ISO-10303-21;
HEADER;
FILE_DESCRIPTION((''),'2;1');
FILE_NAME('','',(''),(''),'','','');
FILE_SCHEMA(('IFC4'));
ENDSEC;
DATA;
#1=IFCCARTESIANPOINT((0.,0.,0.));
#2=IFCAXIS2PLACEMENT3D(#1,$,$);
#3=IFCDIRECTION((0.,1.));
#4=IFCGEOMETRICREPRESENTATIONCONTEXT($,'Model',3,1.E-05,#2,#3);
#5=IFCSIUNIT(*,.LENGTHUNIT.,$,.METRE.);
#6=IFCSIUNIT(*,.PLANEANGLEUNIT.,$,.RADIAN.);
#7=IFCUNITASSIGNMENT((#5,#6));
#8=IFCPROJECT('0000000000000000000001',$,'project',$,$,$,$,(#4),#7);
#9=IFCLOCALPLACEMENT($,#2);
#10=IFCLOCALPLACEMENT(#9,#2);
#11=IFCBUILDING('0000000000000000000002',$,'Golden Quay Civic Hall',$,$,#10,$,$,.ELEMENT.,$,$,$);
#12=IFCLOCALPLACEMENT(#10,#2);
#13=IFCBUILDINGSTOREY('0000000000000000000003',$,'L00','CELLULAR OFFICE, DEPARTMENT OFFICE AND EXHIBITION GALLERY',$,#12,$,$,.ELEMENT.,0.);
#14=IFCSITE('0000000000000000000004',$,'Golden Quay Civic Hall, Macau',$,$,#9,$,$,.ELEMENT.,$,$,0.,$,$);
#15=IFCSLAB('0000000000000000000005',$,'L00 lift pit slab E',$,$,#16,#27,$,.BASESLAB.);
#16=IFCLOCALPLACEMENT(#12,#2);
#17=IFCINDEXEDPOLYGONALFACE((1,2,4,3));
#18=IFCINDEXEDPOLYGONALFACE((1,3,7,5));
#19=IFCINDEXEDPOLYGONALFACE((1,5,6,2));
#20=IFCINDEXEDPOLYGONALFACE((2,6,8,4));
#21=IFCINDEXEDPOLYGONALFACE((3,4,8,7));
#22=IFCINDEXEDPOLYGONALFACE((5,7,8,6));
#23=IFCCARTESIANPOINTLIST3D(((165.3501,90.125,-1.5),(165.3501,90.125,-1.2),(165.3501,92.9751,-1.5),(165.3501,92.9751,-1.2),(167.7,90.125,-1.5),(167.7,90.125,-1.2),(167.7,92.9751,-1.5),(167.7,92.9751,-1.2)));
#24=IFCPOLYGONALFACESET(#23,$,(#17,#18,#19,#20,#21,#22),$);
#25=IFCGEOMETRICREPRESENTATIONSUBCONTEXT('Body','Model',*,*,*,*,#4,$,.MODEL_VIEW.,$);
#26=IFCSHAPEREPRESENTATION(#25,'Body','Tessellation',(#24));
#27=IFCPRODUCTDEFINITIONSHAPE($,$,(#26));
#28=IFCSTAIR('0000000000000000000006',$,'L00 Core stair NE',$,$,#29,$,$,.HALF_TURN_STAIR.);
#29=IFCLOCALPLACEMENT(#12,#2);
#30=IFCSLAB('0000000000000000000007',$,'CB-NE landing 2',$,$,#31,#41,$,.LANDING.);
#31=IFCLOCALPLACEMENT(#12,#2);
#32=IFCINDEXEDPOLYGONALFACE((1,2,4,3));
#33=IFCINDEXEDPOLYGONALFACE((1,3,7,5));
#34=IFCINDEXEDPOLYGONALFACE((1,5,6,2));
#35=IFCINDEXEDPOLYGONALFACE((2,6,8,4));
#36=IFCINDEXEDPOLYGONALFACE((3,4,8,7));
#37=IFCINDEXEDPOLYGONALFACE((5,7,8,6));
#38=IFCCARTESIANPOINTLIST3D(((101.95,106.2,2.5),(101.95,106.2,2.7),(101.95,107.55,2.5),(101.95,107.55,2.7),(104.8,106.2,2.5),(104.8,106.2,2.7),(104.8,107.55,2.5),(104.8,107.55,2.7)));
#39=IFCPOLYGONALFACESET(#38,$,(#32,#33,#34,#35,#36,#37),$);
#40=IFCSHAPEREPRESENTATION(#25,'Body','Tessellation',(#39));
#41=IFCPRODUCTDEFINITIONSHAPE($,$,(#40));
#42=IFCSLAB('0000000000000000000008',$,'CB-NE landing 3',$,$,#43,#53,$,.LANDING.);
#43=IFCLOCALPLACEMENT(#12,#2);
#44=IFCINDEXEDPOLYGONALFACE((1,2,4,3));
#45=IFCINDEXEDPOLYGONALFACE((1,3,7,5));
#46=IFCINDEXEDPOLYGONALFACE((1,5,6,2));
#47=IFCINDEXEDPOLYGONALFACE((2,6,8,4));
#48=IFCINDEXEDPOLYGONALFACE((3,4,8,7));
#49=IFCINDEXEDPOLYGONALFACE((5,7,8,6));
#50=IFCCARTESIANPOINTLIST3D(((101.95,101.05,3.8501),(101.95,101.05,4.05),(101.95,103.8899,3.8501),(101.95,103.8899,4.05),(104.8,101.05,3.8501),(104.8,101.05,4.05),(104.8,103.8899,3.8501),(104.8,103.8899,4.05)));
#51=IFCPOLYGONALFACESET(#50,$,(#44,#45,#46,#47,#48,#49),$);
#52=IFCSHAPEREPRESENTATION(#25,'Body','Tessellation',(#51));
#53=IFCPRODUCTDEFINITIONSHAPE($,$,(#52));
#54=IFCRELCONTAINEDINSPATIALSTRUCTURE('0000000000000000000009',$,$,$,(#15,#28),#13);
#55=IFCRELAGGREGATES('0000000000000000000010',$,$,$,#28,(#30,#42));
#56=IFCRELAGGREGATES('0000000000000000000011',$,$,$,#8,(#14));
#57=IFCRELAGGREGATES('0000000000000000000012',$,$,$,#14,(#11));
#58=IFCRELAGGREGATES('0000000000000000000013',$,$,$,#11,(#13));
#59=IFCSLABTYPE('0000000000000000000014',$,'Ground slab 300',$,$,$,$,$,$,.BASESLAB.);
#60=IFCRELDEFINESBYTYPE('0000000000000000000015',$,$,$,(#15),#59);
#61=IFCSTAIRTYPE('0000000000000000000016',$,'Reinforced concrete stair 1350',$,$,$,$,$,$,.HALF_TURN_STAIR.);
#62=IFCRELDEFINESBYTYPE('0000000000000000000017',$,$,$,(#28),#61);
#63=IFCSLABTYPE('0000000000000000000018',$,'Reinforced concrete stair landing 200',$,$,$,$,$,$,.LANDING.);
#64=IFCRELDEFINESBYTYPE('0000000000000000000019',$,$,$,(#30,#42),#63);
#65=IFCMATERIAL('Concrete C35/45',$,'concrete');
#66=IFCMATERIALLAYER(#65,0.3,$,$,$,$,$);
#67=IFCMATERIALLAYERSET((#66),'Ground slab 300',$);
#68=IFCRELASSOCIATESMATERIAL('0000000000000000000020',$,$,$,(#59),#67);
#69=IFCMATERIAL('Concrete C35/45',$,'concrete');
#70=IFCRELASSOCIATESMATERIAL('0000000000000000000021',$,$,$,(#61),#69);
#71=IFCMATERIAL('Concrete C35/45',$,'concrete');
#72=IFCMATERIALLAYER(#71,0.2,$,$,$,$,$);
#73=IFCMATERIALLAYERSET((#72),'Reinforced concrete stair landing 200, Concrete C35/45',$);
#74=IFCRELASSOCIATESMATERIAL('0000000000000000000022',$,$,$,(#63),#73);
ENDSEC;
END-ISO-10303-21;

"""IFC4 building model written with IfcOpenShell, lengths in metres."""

from ifc_helpers import new_model, si_unit, direction, frame, origin, place, context, subcontext, project, spatial, polyline, outline, extrude, material, layer, layer_set, type_object, element, aggregate, save


model = new_model("IFC4")

# Units and contexts
model_context = context("Model", 3, precision=1e-05, world=origin(), true_north=direction((0.0, 1.0)))
body_context = subcontext(model_context, "Body", "Model", "MODEL_VIEW")
ifc_project = project(units=[si_unit("LENGTHUNIT", "METRE"), si_unit("PLANEANGLEUNIT", "RADIAN")], contexts=[model_context])

# Site, building, storey
site_placement = place(None, origin())
site = spatial("IfcSite", under=ifc_project, at=site_placement, Name="Golden Quay Civic Hall, Macau", CompositionType="ELEMENT", RefElevation=0.0)
building_placement = place(site_placement, origin())
building = spatial("IfcBuilding", under=site, at=building_placement, Name="Golden Quay Civic Hall", CompositionType="ELEMENT")
storey_placement = place(building_placement, origin())
storey = spatial("IfcBuildingStorey", under=building, at=storey_placement, Name="L00", Description="CELLULAR OFFICE, DEPARTMENT OFFICE AND EXHIBITION GALLERY", CompositionType="ELEMENT", Elevation=0.0)

# Slab
ifc_material_1 = material(Name="Concrete C35/45", Category="concrete")
ifc_layer_1 = layer(ifc_material_1, 0.3)
ifc_layer_set_1 = layer_set([ifc_layer_1], Name="Ground slab 300")
slab_type_1 = type_object("IfcSlabType", Name="Ground slab 300", PredefinedType="BASESLAB", material=ifc_layer_set_1)
slab_1_placement = place(storey_placement, frame((0.0, 0.0, -1.5)))
element("IfcSlab", 1, at=slab_1_placement, inside=storey, type_object=slab_type_1, Name="L00 lift pit slab E", PredefinedType="BASESLAB", context=body_context, shape_type="SweptSolid", body=[
    extrude(outline(polyline([(167.7, 92.9751), (165.3501, 92.9751), (165.3501, 90.125), (167.7, 90.125), (167.7, 92.9751)])), origin(), (0.0, 0.0, 1.0), 0.3),
])

# Stair, slabs
ifc_material_2 = material(Name="Concrete C35/45", Category="concrete")
stair_type = type_object("IfcStairType", Name="Reinforced concrete stair 1350", PredefinedType="HALF_TURN_STAIR", material=ifc_material_2)
stair_placement = place(storey_placement, origin())
stair = element("IfcStair", 2, at=stair_placement, inside=storey, type_object=stair_type, Name="L00 Core stair NE", PredefinedType="HALF_TURN_STAIR")
ifc_material_3 = material(Name="Concrete C35/45", Category="concrete")
ifc_layer_2 = layer(ifc_material_3, 0.2)
ifc_layer_set_2 = layer_set([ifc_layer_2], Name="Reinforced concrete stair landing 200, Concrete C35/45")
slab_type_2 = type_object("IfcSlabType", Name="Reinforced concrete stair landing 200", PredefinedType="LANDING", material=ifc_layer_set_2)
slab_2_placement = place(storey_placement, frame((0.0, 0.0, 2.5)))
slab_2 = element("IfcSlab", 3, at=slab_2_placement, type_object=slab_type_2, Name="CB-NE landing 2", PredefinedType="LANDING", context=body_context, shape_type="SweptSolid", body=[
    extrude(outline(polyline([(101.95, 107.55), (101.95, 106.2), (104.8, 106.2), (104.8, 107.55), (101.95, 107.55)])), origin(), (0.0, 0.0, 1.0), 0.2),
])
slab_3_placement = place(storey_placement, frame((0.0, 0.0, 3.8501)))
slab_3 = element("IfcSlab", 4, at=slab_3_placement, type_object=slab_type_2, Name="CB-NE landing 3", PredefinedType="LANDING", context=body_context, shape_type="SweptSolid", body=[
    extrude(outline(polyline([(101.95, 103.8899), (101.95, 101.05), (104.8, 101.05), (104.8, 103.8899), (101.95, 103.8899)])), origin(), (0.0, 0.0, 1.0), 0.2),
])
aggregate(stair, [slab_2, slab_3])

save(model, "model.ifc")
